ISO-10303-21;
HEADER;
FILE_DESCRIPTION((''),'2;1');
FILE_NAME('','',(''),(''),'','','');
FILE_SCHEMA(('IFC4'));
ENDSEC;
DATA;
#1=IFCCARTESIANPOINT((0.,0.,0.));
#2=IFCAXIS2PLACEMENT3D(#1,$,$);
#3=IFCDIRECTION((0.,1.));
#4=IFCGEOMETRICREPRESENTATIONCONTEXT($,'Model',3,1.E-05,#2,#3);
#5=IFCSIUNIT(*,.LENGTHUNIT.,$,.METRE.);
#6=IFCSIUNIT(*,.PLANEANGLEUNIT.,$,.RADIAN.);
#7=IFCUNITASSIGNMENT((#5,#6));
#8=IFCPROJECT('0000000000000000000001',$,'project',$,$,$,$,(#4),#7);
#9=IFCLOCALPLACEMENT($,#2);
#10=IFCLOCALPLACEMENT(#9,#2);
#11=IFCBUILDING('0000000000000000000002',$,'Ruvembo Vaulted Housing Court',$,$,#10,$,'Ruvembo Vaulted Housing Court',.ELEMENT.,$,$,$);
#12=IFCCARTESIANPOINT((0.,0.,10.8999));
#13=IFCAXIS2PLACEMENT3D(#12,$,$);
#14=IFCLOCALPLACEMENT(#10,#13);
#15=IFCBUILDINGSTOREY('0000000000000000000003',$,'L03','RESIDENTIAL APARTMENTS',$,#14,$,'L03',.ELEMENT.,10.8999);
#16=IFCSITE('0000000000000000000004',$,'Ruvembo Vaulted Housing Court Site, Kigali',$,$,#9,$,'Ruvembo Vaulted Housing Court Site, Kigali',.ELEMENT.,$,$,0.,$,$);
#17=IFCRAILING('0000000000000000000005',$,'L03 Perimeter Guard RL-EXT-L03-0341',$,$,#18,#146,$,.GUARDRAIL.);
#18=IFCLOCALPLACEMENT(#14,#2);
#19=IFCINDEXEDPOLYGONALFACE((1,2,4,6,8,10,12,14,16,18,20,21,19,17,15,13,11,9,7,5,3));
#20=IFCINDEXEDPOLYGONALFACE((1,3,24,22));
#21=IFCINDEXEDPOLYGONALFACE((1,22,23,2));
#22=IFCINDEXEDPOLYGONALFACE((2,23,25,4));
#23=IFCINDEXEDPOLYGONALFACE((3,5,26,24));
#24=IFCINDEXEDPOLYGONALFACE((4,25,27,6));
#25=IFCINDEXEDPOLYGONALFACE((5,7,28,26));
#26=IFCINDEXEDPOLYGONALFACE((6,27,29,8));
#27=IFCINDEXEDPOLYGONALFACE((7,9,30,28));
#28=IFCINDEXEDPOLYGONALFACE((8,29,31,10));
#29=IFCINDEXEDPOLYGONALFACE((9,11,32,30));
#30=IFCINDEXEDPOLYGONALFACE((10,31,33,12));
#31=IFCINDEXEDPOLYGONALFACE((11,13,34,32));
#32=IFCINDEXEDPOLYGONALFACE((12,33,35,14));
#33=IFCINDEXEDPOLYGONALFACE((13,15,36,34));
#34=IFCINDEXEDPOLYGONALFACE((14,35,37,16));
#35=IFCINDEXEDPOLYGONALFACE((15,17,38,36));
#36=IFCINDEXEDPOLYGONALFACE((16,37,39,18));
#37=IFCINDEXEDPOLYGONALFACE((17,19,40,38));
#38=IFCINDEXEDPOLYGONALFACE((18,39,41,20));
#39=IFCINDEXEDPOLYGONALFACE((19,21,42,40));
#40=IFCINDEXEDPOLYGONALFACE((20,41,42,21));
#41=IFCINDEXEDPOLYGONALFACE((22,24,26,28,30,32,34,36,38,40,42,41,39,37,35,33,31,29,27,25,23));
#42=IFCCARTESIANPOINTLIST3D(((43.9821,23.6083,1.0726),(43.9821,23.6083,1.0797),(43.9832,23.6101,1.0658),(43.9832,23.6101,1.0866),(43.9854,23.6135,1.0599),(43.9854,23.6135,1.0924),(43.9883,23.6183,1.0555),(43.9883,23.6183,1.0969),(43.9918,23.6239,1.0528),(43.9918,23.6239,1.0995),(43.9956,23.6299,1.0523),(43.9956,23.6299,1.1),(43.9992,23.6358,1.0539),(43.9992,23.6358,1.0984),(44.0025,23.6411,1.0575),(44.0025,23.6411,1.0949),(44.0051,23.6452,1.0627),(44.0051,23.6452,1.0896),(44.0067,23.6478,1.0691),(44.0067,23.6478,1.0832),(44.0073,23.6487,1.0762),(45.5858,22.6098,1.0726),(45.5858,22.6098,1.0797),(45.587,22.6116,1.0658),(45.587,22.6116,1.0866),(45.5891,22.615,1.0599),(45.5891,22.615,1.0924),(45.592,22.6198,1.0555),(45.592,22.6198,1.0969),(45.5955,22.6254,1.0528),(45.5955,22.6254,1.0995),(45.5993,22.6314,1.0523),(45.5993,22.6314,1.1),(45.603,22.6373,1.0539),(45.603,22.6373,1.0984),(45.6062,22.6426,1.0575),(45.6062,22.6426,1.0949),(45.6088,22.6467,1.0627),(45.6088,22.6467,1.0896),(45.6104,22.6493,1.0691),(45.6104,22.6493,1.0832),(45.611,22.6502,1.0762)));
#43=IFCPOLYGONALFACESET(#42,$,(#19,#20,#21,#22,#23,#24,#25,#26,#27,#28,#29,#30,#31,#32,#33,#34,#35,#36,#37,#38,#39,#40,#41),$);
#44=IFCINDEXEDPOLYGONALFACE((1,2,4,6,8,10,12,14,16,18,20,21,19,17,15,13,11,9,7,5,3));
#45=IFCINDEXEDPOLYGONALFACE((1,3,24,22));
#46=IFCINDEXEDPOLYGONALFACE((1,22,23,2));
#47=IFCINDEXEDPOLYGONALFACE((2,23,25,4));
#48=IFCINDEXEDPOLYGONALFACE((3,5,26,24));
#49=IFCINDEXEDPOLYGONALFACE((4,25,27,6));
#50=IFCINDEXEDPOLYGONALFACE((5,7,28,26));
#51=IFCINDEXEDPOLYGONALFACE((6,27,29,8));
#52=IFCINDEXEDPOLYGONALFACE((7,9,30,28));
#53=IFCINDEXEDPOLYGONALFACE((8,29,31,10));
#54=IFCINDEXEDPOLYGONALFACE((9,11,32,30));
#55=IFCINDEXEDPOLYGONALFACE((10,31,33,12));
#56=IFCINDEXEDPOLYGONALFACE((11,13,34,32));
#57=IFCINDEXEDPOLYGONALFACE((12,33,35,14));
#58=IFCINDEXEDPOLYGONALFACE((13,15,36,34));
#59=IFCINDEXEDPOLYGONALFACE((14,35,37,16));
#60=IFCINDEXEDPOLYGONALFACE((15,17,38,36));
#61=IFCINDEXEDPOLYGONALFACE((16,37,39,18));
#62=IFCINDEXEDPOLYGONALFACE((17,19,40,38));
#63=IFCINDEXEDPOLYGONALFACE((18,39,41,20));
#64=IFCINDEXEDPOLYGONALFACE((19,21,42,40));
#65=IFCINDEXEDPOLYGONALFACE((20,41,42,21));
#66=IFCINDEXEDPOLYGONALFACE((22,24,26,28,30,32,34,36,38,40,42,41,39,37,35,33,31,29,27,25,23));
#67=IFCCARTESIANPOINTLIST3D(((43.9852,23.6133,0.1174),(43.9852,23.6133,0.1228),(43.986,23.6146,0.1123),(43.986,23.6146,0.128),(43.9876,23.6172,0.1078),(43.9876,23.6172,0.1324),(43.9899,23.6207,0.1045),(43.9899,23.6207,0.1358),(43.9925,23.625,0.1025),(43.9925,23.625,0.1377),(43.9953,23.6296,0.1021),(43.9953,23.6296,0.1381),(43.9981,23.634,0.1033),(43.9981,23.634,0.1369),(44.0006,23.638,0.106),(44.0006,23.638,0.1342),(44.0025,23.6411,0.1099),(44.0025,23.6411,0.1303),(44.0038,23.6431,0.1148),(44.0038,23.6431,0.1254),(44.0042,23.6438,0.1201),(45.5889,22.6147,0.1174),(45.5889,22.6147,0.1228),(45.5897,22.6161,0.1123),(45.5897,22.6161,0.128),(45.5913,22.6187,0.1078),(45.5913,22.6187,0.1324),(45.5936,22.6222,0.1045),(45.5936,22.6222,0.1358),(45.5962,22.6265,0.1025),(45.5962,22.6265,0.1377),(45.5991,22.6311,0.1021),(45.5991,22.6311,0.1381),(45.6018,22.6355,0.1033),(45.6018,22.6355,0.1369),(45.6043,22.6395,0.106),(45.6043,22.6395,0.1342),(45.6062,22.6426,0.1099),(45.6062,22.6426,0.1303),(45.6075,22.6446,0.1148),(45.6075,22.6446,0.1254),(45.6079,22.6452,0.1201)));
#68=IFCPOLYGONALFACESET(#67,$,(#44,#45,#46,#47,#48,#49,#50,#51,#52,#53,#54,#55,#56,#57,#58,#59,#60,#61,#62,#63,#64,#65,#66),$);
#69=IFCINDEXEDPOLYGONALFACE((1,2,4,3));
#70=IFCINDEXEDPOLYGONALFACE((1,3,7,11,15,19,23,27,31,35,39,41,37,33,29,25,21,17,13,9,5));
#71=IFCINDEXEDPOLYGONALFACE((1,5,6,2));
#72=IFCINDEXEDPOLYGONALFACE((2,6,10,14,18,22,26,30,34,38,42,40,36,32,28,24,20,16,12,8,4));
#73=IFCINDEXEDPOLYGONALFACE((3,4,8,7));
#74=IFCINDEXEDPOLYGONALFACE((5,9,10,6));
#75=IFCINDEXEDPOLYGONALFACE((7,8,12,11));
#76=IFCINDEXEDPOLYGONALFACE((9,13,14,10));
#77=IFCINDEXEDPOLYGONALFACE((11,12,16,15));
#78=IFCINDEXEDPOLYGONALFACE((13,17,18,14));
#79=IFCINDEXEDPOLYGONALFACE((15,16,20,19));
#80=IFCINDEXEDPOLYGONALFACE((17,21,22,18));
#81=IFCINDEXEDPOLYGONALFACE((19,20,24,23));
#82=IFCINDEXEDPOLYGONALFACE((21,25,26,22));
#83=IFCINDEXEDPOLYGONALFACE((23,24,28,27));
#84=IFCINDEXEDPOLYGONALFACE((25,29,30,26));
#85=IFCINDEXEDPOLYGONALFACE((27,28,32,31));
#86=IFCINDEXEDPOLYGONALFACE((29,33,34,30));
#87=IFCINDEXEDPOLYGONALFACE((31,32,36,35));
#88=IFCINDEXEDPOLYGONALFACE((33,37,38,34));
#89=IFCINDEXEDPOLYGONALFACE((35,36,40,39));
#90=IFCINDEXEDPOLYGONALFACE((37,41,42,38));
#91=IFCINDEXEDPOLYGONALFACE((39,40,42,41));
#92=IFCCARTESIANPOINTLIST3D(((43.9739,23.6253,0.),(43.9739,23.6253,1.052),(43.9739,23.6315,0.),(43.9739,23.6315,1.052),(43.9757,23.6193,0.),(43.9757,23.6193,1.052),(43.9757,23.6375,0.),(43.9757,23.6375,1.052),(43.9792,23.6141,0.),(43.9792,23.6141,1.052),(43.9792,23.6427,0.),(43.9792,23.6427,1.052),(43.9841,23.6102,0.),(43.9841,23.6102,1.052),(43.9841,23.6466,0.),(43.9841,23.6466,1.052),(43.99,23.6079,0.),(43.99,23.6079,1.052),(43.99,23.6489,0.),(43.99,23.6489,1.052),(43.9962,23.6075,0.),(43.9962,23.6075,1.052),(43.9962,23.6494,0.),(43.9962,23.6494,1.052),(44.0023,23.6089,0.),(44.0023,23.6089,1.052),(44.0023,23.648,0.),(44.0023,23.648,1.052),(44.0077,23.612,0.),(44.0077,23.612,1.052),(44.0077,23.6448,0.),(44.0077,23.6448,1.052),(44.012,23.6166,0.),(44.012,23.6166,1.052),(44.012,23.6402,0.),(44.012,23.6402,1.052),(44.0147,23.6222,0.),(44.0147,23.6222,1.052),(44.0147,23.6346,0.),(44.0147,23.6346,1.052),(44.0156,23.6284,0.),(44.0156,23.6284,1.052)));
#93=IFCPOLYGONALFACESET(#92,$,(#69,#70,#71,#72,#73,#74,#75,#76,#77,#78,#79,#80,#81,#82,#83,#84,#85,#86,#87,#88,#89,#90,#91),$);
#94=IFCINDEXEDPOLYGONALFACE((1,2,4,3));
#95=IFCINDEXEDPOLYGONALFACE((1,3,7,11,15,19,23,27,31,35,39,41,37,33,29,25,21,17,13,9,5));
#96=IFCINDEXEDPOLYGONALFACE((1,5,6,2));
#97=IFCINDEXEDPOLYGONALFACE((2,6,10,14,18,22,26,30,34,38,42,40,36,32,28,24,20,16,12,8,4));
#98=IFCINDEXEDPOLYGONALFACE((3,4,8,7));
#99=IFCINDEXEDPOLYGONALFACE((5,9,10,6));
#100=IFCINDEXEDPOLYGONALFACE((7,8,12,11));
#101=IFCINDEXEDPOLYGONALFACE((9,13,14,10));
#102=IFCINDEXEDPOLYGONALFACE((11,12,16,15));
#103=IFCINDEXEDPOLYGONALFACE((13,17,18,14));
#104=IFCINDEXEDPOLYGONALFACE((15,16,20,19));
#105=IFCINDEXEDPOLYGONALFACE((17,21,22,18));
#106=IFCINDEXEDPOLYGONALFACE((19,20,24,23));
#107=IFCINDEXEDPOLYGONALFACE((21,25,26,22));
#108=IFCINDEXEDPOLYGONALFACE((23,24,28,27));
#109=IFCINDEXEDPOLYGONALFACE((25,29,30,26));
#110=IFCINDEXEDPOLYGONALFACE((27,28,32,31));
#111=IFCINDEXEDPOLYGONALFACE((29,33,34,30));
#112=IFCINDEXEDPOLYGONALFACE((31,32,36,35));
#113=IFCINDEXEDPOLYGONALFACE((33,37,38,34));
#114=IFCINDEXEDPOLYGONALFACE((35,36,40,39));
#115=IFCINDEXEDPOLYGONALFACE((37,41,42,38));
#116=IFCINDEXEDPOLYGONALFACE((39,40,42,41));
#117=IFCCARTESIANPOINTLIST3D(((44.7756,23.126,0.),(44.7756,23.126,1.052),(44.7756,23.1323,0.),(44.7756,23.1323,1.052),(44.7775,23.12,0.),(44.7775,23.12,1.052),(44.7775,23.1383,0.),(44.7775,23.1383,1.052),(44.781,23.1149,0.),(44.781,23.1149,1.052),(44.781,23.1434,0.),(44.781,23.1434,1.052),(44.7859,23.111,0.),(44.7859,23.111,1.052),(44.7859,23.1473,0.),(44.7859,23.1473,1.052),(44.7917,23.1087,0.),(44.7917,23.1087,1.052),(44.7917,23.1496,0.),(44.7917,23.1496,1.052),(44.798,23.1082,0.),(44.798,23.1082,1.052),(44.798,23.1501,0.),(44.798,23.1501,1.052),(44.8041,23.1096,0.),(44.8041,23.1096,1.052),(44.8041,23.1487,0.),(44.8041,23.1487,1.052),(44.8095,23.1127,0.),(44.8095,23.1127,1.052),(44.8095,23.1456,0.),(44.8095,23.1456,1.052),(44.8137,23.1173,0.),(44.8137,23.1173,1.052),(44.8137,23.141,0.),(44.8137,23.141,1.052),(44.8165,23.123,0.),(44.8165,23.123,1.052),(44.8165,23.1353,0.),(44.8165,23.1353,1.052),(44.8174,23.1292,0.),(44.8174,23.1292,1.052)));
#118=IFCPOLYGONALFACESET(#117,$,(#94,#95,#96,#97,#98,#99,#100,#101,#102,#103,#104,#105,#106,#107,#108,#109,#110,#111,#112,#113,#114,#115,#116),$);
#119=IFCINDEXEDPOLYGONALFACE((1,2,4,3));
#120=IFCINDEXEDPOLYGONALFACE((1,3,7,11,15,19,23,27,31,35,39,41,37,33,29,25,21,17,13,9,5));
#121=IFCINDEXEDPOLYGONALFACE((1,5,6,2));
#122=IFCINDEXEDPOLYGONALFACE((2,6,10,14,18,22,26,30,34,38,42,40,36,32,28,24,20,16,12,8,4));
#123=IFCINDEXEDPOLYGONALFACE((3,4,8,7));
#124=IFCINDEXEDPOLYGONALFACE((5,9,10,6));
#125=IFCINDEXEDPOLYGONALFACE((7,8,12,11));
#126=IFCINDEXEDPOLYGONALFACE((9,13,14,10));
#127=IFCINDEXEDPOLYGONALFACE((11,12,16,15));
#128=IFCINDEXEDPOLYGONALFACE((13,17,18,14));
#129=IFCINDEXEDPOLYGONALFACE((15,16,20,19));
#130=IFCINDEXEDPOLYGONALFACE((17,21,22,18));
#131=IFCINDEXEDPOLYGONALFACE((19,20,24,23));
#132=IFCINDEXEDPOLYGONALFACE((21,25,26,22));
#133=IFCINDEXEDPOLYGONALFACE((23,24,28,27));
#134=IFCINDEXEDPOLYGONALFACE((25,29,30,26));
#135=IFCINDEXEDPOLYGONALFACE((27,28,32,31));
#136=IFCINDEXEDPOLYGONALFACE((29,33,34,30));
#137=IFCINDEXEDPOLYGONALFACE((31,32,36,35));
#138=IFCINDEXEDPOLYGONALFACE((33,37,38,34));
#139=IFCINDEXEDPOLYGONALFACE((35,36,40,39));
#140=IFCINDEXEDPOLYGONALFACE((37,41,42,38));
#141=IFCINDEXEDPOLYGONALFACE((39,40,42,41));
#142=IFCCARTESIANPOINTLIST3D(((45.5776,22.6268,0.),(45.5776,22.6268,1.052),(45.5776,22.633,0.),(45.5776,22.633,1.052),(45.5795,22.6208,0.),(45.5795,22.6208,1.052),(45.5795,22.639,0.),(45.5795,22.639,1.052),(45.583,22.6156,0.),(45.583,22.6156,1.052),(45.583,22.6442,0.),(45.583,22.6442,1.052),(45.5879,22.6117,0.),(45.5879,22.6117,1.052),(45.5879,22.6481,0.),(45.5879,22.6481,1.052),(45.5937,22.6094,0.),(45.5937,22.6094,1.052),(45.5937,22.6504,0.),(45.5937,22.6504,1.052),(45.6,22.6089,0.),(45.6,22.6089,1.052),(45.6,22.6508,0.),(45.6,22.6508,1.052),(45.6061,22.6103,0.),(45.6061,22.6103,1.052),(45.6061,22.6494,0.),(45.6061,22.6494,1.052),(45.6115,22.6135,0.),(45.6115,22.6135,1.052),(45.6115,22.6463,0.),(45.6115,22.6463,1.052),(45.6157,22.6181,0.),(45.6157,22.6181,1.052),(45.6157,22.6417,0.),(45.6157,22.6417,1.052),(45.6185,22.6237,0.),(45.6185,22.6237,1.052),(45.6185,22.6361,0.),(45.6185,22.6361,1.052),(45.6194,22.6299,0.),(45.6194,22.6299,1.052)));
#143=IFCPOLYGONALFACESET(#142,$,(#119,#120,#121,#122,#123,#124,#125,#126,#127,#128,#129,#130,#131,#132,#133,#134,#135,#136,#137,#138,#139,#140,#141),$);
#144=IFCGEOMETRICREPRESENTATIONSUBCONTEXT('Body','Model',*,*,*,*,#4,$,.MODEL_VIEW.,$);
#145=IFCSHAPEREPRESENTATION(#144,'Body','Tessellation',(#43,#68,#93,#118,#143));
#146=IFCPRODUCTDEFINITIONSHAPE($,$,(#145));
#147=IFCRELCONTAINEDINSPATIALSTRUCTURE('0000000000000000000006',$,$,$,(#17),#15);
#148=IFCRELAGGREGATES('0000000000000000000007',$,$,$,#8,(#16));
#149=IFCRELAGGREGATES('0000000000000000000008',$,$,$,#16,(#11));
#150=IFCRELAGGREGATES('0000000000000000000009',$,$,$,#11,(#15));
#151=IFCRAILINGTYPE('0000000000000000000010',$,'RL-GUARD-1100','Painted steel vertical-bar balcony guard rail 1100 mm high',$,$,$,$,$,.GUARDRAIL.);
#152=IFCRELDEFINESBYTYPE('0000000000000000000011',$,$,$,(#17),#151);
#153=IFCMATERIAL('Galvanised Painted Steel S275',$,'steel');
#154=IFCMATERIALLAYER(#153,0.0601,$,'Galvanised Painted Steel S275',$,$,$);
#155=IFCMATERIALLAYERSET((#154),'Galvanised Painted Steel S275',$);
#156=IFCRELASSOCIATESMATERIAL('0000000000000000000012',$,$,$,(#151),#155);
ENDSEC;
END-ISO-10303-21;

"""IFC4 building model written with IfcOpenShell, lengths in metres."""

from ifc_helpers import new_model, si_unit, direction, frame, origin, origin_2d, place, context, subcontext, project, spatial, circle, extrude, material, layer, layer_set, type_object, element, save


model = new_model("IFC4")

# Units and contexts
model_context = context("Model", 3, precision=1e-05, world=origin(), true_north=direction((0.0, 1.0)))
body_context = subcontext(model_context, "Body", "Model", "MODEL_VIEW")
ifc_project = project(units=[si_unit("LENGTHUNIT", "METRE"), si_unit("PLANEANGLEUNIT", "RADIAN")], contexts=[model_context])

# Site, building, storey
site_placement = place(None, origin())
site = spatial("IfcSite", under=ifc_project, at=site_placement, Name="Ruvembo Vaulted Housing Court Site, Kigali", LongName="Ruvembo Vaulted Housing Court Site, Kigali", CompositionType="ELEMENT", RefElevation=0.0)
building_placement = place(site_placement, origin())
building = spatial("IfcBuilding", under=site, at=building_placement, Name="Ruvembo Vaulted Housing Court", LongName="Ruvembo Vaulted Housing Court", CompositionType="ELEMENT")
storey_placement = place(building_placement, frame((0.0, 0.0, 10.8999)))
storey = spatial("IfcBuildingStorey", under=building, at=storey_placement, Name="L03", Description="RESIDENTIAL APARTMENTS", LongName="L03", CompositionType="ELEMENT", Elevation=10.8999)

# Railing
ifc_material_1 = material(Name="Galvanised Painted Steel S275", Category="steel")
ifc_layer_1 = layer(ifc_material_1, 0.0601, Name="Galvanised Painted Steel S275")
ifc_layer_set_1 = layer_set([ifc_layer_1], Name="Galvanised Painted Steel S275")
railing_type = type_object("IfcRailingType", Name="RL-GUARD-1100", Description="Painted steel vertical-bar balcony guard rail 1100 mm high", PredefinedType="GUARDRAIL", material=ifc_layer_set_1)
railing_1_placement = place(storey_placement, frame((43.9946, 23.6284, 0.0)))
element("IfcRailing", 1, at=railing_1_placement, inside=storey, type_object=railing_type, Name="L03 Perimeter Guard RL-EXT-L03-0341", PredefinedType="GUARDRAIL", context=body_context, shape_type="SweptSolid", body=[
    extrude(circle(Radius=0.0239, at=origin_2d()), frame((0.0, 0.0, 1.0762), z_axis=(0.848905, -0.528546, 0.0), x_axis=(0.528546, 0.848905, 0.0)), (0.0, 0.0, 1.0), 1.8892),
    extrude(circle(Radius=0.0181, at=origin_2d()), frame((0.0, 0.0, 0.1201), z_axis=(0.848905, -0.528546, 0.0), x_axis=(0.528546, 0.848905, 0.0)), (0.0, 0.0, 1.0), 1.8892),
    extrude(circle(Radius=0.021, at=origin_2d()), origin(), (0.0, 0.0, 1.0), 1.052),
    extrude(circle(Radius=0.021, at=origin_2d()), frame((0.8018, -0.4993, 0.0)), (0.0, 0.0, 1.0), 1.052),
    extrude(circle(Radius=0.021, at=origin_2d()), frame((1.6038, -0.9985, 0.0)), (0.0, 0.0, 1.0), 1.052),
])

save(model, "model.ifc")
